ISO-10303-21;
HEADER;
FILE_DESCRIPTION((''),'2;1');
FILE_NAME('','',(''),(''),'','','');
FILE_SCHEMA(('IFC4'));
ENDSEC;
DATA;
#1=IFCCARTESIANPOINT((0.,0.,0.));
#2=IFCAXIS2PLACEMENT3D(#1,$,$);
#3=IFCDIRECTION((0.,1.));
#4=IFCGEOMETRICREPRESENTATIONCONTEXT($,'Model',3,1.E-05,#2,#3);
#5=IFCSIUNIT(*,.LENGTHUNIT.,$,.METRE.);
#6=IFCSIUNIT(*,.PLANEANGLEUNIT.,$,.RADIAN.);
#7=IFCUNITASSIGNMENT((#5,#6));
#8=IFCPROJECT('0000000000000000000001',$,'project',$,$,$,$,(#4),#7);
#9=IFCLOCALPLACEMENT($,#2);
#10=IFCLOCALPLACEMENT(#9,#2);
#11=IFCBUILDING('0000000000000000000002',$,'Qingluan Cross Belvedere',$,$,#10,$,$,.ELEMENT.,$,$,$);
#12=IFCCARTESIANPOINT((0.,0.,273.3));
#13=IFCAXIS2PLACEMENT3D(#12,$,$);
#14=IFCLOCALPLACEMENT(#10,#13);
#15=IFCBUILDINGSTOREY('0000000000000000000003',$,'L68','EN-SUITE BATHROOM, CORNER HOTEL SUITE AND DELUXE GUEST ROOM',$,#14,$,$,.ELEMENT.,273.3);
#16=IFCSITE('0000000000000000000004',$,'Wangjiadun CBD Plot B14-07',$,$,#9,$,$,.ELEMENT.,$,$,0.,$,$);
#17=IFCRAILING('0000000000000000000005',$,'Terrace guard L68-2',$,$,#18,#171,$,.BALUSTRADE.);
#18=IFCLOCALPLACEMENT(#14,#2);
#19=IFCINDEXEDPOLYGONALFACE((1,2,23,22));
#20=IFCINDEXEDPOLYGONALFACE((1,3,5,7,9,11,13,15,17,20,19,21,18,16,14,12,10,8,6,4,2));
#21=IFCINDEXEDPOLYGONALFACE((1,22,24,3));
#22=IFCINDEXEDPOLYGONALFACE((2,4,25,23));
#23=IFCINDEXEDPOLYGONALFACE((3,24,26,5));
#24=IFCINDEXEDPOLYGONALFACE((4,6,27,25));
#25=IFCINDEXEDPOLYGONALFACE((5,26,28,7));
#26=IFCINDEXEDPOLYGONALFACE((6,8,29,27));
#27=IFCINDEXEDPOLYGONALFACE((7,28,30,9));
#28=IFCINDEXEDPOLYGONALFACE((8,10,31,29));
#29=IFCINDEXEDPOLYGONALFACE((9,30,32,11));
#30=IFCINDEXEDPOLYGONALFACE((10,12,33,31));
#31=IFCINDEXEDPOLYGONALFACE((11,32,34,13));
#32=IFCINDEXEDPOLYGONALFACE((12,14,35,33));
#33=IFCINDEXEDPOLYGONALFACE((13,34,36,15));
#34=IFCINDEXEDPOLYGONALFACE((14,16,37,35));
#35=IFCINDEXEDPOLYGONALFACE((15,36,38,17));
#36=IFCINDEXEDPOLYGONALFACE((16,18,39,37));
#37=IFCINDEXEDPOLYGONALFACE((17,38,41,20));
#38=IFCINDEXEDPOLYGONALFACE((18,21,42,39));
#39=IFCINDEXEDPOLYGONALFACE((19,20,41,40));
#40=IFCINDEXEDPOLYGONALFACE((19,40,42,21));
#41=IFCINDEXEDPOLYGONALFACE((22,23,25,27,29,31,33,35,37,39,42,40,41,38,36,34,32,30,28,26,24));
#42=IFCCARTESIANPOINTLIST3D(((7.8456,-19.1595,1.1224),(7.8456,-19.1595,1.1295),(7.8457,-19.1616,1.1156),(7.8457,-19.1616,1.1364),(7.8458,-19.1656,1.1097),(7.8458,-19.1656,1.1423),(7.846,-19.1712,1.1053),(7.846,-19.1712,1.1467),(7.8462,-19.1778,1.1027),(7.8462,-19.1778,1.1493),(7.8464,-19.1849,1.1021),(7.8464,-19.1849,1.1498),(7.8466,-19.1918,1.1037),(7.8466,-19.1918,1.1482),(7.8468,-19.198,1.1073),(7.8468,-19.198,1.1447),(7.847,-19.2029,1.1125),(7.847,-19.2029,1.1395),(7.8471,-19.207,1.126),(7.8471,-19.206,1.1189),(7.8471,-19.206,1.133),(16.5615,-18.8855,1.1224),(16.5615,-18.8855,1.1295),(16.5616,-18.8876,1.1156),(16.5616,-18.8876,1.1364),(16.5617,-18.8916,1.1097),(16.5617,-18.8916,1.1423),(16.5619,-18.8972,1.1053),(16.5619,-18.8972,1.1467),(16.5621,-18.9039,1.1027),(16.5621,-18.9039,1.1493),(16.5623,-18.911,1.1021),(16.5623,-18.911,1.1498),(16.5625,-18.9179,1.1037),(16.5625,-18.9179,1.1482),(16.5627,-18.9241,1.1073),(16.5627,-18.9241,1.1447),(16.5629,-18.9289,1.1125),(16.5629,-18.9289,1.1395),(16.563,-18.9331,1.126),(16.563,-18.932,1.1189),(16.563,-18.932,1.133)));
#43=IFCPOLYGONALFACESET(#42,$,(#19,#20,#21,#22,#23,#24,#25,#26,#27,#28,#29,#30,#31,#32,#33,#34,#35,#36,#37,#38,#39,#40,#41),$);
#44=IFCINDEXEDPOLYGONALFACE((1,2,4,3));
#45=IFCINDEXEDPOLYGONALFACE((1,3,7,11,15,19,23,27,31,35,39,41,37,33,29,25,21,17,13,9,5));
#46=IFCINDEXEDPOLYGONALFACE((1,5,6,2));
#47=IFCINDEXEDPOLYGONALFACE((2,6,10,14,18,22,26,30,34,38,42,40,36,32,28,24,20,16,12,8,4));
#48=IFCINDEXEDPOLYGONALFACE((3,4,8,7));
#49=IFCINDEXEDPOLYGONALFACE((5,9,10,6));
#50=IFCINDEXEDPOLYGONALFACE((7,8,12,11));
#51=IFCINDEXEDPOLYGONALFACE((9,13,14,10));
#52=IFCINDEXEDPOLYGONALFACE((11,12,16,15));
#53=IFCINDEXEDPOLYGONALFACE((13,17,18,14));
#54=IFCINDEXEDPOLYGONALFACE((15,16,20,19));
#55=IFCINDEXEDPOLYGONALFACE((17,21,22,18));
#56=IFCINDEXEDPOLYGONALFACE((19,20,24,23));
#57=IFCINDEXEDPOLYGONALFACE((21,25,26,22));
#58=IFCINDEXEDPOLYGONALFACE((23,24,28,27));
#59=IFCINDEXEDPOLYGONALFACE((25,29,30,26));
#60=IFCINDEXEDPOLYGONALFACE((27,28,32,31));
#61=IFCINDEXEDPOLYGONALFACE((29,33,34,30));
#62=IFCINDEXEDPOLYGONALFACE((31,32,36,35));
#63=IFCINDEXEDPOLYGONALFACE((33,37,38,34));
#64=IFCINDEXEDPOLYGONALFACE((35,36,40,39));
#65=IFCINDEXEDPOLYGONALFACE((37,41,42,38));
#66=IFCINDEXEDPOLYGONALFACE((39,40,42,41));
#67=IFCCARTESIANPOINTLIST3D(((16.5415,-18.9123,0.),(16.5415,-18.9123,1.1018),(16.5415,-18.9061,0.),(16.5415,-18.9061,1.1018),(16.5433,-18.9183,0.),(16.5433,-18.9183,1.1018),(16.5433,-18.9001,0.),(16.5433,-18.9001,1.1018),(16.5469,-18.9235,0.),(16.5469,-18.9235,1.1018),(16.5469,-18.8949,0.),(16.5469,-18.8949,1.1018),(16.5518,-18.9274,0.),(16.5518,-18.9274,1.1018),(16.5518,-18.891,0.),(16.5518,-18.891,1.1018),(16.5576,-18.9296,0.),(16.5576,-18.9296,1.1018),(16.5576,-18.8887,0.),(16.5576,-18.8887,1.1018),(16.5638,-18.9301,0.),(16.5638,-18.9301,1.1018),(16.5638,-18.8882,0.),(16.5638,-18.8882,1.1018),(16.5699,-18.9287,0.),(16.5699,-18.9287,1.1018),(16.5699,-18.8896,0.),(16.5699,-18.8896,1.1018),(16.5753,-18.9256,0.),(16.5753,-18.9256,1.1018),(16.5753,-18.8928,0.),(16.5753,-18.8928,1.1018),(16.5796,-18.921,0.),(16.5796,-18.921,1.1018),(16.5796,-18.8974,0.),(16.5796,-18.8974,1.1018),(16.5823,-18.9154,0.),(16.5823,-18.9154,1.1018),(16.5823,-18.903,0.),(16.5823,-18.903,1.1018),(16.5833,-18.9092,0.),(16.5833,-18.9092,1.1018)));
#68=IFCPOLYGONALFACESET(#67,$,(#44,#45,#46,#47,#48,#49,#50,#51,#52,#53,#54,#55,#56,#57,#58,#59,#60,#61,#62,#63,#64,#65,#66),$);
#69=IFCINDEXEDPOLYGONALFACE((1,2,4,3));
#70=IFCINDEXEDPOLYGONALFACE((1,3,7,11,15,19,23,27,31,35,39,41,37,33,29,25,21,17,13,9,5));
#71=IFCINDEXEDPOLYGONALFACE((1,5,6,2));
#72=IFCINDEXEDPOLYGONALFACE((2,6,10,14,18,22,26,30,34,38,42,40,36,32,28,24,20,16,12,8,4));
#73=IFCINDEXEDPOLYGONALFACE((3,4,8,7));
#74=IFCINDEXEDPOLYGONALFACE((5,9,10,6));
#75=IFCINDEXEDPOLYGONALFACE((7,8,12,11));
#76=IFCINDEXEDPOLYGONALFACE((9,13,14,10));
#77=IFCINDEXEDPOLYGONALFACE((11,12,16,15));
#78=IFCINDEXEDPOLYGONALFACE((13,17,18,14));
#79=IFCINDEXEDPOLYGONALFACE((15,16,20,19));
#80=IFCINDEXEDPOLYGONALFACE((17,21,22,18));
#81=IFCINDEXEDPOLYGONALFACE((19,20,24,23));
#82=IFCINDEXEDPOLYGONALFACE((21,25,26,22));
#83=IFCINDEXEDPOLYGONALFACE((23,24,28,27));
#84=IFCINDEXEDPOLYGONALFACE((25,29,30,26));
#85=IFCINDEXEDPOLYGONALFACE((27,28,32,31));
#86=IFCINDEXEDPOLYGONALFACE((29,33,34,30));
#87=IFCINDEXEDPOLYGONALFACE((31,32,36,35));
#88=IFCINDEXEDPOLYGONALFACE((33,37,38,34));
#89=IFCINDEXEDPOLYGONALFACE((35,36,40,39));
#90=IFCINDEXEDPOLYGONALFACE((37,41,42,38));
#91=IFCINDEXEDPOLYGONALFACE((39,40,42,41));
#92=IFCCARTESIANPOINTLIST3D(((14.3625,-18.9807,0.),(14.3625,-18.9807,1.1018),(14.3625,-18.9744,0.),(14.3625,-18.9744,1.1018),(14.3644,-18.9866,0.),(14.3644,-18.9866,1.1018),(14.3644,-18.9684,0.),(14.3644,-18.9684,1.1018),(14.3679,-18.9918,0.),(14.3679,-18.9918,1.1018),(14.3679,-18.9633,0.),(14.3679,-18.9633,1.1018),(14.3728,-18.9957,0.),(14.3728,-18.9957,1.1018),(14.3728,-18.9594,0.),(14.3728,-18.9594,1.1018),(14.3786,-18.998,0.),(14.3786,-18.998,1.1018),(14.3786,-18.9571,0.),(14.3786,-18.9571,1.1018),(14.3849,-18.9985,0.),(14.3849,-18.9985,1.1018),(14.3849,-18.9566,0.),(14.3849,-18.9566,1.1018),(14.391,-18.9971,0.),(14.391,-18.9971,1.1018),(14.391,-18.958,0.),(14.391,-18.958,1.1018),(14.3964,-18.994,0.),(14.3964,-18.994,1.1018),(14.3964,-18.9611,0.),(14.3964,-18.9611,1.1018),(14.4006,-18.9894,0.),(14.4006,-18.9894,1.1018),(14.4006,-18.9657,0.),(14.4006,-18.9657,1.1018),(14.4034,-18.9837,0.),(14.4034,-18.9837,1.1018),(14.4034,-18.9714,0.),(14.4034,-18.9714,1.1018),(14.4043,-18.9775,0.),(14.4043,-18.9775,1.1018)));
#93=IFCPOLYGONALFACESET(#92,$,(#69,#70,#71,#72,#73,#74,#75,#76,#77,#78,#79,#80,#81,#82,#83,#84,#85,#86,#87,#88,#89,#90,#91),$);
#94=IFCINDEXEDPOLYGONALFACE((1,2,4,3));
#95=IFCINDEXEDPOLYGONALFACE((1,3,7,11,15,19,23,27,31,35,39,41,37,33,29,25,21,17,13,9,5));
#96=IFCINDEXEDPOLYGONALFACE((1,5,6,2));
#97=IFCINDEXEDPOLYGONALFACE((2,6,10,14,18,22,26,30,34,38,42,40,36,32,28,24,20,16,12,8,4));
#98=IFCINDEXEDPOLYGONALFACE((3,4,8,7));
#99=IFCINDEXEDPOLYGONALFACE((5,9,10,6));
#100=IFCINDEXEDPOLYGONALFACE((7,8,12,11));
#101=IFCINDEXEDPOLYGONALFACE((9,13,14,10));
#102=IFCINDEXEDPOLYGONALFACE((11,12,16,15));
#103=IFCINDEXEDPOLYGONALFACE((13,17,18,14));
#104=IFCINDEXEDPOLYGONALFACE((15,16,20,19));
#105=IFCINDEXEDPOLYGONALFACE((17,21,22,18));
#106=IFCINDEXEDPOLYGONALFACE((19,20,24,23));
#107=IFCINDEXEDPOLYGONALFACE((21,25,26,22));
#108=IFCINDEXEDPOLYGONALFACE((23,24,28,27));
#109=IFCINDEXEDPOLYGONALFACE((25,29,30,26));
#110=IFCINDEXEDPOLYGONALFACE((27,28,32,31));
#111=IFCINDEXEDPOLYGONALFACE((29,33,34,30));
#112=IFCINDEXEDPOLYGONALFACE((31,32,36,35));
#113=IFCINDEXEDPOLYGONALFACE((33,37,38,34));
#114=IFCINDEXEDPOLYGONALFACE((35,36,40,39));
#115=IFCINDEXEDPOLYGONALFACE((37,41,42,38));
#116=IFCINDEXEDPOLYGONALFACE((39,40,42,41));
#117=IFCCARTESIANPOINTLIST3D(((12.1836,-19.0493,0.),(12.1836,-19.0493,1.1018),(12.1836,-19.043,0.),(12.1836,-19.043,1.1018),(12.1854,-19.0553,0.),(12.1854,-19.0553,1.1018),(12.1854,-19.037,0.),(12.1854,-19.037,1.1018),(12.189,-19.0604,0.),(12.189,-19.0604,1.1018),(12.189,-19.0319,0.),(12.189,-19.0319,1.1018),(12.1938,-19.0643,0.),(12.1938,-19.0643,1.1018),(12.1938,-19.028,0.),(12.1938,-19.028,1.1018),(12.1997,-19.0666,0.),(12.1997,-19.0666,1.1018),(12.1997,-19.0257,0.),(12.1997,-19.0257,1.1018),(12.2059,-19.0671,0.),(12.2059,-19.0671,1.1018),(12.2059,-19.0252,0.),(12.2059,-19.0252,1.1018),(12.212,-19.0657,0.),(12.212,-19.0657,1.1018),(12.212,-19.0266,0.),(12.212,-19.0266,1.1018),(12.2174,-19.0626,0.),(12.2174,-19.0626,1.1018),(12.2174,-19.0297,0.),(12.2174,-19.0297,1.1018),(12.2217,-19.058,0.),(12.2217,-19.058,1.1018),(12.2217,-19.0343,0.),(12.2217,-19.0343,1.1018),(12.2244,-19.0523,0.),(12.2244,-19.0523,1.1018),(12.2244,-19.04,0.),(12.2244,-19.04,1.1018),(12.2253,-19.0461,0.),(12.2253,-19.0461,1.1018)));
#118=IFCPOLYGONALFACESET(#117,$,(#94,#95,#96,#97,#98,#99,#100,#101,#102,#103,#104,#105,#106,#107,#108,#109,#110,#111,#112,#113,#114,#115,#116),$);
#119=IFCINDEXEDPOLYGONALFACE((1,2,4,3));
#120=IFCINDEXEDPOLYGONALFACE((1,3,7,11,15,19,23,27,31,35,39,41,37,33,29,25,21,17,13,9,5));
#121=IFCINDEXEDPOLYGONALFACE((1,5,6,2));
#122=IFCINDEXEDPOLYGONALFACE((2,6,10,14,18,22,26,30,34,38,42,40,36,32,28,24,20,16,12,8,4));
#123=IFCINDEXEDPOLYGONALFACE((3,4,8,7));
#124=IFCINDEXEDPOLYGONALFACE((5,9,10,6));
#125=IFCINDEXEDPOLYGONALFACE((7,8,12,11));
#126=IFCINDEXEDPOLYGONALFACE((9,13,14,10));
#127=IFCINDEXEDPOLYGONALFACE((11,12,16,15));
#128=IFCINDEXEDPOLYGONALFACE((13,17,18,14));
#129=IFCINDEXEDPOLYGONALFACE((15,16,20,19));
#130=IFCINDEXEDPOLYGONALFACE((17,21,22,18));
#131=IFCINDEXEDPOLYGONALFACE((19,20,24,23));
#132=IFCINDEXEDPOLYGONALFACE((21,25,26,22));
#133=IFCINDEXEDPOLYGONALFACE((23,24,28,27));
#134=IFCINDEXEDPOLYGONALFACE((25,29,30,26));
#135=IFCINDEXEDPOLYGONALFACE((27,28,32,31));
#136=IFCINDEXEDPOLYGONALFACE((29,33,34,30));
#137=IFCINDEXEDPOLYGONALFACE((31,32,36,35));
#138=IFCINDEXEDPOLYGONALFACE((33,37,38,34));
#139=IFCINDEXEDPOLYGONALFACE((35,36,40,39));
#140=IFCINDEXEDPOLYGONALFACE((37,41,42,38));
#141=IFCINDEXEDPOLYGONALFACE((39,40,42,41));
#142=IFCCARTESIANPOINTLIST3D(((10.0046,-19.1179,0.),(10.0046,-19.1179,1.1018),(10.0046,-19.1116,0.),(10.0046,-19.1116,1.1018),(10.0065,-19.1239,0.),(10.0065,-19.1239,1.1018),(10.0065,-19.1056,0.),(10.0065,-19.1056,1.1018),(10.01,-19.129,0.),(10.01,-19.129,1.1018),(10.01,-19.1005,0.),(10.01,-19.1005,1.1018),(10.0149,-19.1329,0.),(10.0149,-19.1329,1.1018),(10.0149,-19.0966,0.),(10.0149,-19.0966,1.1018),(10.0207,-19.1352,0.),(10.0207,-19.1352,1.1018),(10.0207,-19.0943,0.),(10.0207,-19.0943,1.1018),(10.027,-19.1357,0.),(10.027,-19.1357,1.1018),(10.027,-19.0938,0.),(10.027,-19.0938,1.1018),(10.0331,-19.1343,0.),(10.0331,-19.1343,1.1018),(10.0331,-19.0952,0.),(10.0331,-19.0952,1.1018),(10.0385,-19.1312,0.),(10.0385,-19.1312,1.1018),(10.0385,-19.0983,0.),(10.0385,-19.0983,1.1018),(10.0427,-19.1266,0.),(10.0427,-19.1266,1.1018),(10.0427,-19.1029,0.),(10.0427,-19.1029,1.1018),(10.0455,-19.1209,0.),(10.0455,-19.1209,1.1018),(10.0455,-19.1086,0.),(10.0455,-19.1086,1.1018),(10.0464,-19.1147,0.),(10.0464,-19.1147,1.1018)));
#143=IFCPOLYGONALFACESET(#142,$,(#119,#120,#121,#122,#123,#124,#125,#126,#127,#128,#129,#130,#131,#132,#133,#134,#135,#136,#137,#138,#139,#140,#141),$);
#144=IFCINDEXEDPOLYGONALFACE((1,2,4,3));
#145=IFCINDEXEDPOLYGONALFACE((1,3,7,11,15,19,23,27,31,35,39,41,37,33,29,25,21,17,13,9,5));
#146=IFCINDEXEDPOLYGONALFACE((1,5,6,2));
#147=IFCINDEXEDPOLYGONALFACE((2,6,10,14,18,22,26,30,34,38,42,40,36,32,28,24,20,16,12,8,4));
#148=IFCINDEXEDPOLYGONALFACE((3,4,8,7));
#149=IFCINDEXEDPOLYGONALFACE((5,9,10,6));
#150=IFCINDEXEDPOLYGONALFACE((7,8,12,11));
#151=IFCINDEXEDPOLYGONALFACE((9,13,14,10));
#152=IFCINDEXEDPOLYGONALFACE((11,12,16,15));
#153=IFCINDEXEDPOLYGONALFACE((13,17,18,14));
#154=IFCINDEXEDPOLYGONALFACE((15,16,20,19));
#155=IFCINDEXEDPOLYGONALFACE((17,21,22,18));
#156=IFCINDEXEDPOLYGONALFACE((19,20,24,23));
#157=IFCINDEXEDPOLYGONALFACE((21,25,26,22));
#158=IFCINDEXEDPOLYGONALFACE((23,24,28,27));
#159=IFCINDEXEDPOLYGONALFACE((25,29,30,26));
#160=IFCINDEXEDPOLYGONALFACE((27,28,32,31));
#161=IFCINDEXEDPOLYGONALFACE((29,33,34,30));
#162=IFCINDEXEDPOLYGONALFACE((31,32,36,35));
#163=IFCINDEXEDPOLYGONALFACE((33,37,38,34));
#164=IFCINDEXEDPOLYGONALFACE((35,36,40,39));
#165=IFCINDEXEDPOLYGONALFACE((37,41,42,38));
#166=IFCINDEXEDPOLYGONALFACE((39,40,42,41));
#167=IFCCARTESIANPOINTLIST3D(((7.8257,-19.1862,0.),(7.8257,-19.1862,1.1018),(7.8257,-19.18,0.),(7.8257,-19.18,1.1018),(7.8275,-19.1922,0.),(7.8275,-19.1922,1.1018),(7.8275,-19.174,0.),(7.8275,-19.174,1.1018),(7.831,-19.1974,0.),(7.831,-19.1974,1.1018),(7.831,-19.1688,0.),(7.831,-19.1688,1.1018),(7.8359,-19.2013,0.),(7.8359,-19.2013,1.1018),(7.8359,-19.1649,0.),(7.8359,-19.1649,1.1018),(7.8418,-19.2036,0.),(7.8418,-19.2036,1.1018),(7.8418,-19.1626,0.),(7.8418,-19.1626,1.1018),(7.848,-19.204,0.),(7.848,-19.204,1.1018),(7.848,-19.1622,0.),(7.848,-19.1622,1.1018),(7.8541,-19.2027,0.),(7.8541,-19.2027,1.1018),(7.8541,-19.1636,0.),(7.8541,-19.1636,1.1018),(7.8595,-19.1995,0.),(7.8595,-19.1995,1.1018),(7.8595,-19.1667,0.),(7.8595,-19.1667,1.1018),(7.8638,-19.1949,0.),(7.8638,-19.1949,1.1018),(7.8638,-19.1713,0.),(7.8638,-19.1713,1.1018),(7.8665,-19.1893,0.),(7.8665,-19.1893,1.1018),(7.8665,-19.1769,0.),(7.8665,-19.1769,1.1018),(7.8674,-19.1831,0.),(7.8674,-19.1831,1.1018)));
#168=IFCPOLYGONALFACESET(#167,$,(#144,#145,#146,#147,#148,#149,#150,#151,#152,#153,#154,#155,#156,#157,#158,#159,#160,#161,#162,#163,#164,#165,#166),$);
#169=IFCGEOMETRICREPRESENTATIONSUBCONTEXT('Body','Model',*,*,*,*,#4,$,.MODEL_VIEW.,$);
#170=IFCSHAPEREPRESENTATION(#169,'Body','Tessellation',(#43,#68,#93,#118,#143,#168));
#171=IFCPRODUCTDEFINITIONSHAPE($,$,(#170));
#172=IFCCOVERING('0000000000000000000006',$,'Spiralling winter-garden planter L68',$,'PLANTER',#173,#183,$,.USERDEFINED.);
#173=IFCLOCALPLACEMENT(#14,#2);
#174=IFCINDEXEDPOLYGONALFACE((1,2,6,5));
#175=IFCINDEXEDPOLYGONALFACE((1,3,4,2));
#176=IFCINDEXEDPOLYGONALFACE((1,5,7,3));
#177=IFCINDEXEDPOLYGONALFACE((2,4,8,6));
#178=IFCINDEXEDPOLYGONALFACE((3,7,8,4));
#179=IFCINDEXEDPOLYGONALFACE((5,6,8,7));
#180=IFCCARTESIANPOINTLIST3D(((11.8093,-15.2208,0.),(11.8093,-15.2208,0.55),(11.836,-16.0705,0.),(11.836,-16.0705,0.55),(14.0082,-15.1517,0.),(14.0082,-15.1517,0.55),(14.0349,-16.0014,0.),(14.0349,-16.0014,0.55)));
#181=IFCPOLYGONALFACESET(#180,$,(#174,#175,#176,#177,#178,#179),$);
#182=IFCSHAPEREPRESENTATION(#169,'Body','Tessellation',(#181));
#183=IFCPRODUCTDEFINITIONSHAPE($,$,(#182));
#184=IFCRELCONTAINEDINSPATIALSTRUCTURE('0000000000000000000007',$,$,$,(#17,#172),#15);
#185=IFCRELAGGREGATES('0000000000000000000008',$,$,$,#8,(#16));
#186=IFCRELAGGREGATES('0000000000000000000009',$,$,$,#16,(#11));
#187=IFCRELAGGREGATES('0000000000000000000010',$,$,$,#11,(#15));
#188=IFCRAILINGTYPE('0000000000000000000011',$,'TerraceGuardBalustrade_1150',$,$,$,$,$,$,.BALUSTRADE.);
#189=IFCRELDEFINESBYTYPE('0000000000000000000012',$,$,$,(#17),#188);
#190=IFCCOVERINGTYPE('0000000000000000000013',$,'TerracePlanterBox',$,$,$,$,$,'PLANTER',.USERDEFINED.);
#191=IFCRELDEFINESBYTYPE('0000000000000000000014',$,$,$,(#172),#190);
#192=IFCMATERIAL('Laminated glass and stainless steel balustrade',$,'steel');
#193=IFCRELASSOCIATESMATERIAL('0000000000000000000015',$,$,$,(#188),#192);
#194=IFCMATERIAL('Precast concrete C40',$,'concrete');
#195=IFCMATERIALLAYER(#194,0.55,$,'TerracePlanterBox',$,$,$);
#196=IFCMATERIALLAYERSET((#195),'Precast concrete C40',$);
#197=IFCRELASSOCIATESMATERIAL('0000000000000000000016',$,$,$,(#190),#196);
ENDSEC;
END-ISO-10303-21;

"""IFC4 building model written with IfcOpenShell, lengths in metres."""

from ifc_helpers import new_model, si_unit, direction, frame, origin, origin_2d, place, context, subcontext, project, spatial, rectangle, circle, extrude, material, layer, layer_set, type_object, element, save


model = new_model("IFC4")

# Units and contexts
model_context = context("Model", 3, precision=1e-05, world=origin(), true_north=direction((0.0, 1.0)))
body_context = subcontext(model_context, "Body", "Model", "MODEL_VIEW")
ifc_project = project(units=[si_unit("LENGTHUNIT", "METRE"), si_unit("PLANEANGLEUNIT", "RADIAN")], contexts=[model_context])

# Site, building, storey
site_placement = place(None, origin())
site = spatial("IfcSite", under=ifc_project, at=site_placement, Name="Wangjiadun CBD Plot B14-07", CompositionType="ELEMENT", RefElevation=0.0)
building_placement = place(site_placement, origin())
building = spatial("IfcBuilding", under=site, at=building_placement, Name="Qingluan Cross Belvedere", CompositionType="ELEMENT")
storey_placement = place(building_placement, frame((0.0, 0.0, 273.3)))
storey = spatial("IfcBuildingStorey", under=building, at=storey_placement, Name="L68", Description="EN-SUITE BATHROOM, CORNER HOTEL SUITE AND DELUXE GUEST ROOM", CompositionType="ELEMENT", Elevation=273.3)

# Railing
ifc_material_1 = material(Name="Laminated glass and stainless steel balustrade", Category="steel")
railing_type = type_object("IfcRailingType", Name="TerraceGuardBalustrade_1150", PredefinedType="BALUSTRADE", material=ifc_material_1)
railing_placement = place(storey_placement, frame((16.5623, -18.9092, 0.0)))
element("IfcRailing", 1, at=railing_placement, inside=storey, type_object=railing_type, Name="Terrace guard L68-2", PredefinedType="BALUSTRADE", context=body_context, shape_type="SweptSolid", body=[
    extrude(circle(Radius=0.0239, at=origin_2d()), frame((0.0, 0.0, 1.126), z_axis=(-0.999506, -0.031413, 0.0), x_axis=(0.031413, -0.999506, 0.0)), (0.0, 0.0, 1.0), 8.7202),
    extrude(circle(Radius=0.021, at=origin_2d()), origin(), (0.0, 0.0, 1.0), 1.1018),
    extrude(circle(Radius=0.021, at=origin_2d()), frame((-2.179, -0.0684, 0.0)), (0.0, 0.0, 1.0), 1.1018),
    extrude(circle(Radius=0.021, at=origin_2d()), frame((-4.3579, -0.137, 0.0)), (0.0, 0.0, 1.0), 1.1018),
    extrude(circle(Radius=0.021, at=origin_2d()), frame((-6.5369, -0.2056, 0.0)), (0.0, 0.0, 1.0), 1.1018),
    extrude(circle(Radius=0.021, at=origin_2d()), frame((-8.7158, -0.2739, 0.0)), (0.0, 0.0, 1.0), 1.1018),
])

# Covering
ifc_material_2 = material(Name="Precast concrete C40", Category="concrete")
ifc_layer_1 = layer(ifc_material_2, 0.55, Name="TerracePlanterBox")
ifc_layer_set_1 = layer_set([ifc_layer_1], Name="Precast concrete C40")
covering_type_1 = type_object("IfcCoveringType", Name="TerracePlanterBox", ElementType="PLANTER", PredefinedType="USERDEFINED", material=ifc_layer_set_1)
covering_1_placement = place(storey_placement, frame((12.9221, -15.6111, 0.0), z_axis=(0.0, 0.0, 1.0), x_axis=(0.999507, 0.031411, 0.0)))
element("IfcCovering", 2, at=covering_1_placement, inside=storey, type_object=covering_type_1, Name="Spiralling winter-garden planter L68", ObjectType="PLANTER", PredefinedType="USERDEFINED", context=body_context, shape_type="SweptSolid", body=[
    extrude(rectangle(XDim=2.2, YDim=0.8501, at=origin_2d()), origin(), (0.0, 0.0, 1.0), 0.55),
])

save(model, "model.ifc")
